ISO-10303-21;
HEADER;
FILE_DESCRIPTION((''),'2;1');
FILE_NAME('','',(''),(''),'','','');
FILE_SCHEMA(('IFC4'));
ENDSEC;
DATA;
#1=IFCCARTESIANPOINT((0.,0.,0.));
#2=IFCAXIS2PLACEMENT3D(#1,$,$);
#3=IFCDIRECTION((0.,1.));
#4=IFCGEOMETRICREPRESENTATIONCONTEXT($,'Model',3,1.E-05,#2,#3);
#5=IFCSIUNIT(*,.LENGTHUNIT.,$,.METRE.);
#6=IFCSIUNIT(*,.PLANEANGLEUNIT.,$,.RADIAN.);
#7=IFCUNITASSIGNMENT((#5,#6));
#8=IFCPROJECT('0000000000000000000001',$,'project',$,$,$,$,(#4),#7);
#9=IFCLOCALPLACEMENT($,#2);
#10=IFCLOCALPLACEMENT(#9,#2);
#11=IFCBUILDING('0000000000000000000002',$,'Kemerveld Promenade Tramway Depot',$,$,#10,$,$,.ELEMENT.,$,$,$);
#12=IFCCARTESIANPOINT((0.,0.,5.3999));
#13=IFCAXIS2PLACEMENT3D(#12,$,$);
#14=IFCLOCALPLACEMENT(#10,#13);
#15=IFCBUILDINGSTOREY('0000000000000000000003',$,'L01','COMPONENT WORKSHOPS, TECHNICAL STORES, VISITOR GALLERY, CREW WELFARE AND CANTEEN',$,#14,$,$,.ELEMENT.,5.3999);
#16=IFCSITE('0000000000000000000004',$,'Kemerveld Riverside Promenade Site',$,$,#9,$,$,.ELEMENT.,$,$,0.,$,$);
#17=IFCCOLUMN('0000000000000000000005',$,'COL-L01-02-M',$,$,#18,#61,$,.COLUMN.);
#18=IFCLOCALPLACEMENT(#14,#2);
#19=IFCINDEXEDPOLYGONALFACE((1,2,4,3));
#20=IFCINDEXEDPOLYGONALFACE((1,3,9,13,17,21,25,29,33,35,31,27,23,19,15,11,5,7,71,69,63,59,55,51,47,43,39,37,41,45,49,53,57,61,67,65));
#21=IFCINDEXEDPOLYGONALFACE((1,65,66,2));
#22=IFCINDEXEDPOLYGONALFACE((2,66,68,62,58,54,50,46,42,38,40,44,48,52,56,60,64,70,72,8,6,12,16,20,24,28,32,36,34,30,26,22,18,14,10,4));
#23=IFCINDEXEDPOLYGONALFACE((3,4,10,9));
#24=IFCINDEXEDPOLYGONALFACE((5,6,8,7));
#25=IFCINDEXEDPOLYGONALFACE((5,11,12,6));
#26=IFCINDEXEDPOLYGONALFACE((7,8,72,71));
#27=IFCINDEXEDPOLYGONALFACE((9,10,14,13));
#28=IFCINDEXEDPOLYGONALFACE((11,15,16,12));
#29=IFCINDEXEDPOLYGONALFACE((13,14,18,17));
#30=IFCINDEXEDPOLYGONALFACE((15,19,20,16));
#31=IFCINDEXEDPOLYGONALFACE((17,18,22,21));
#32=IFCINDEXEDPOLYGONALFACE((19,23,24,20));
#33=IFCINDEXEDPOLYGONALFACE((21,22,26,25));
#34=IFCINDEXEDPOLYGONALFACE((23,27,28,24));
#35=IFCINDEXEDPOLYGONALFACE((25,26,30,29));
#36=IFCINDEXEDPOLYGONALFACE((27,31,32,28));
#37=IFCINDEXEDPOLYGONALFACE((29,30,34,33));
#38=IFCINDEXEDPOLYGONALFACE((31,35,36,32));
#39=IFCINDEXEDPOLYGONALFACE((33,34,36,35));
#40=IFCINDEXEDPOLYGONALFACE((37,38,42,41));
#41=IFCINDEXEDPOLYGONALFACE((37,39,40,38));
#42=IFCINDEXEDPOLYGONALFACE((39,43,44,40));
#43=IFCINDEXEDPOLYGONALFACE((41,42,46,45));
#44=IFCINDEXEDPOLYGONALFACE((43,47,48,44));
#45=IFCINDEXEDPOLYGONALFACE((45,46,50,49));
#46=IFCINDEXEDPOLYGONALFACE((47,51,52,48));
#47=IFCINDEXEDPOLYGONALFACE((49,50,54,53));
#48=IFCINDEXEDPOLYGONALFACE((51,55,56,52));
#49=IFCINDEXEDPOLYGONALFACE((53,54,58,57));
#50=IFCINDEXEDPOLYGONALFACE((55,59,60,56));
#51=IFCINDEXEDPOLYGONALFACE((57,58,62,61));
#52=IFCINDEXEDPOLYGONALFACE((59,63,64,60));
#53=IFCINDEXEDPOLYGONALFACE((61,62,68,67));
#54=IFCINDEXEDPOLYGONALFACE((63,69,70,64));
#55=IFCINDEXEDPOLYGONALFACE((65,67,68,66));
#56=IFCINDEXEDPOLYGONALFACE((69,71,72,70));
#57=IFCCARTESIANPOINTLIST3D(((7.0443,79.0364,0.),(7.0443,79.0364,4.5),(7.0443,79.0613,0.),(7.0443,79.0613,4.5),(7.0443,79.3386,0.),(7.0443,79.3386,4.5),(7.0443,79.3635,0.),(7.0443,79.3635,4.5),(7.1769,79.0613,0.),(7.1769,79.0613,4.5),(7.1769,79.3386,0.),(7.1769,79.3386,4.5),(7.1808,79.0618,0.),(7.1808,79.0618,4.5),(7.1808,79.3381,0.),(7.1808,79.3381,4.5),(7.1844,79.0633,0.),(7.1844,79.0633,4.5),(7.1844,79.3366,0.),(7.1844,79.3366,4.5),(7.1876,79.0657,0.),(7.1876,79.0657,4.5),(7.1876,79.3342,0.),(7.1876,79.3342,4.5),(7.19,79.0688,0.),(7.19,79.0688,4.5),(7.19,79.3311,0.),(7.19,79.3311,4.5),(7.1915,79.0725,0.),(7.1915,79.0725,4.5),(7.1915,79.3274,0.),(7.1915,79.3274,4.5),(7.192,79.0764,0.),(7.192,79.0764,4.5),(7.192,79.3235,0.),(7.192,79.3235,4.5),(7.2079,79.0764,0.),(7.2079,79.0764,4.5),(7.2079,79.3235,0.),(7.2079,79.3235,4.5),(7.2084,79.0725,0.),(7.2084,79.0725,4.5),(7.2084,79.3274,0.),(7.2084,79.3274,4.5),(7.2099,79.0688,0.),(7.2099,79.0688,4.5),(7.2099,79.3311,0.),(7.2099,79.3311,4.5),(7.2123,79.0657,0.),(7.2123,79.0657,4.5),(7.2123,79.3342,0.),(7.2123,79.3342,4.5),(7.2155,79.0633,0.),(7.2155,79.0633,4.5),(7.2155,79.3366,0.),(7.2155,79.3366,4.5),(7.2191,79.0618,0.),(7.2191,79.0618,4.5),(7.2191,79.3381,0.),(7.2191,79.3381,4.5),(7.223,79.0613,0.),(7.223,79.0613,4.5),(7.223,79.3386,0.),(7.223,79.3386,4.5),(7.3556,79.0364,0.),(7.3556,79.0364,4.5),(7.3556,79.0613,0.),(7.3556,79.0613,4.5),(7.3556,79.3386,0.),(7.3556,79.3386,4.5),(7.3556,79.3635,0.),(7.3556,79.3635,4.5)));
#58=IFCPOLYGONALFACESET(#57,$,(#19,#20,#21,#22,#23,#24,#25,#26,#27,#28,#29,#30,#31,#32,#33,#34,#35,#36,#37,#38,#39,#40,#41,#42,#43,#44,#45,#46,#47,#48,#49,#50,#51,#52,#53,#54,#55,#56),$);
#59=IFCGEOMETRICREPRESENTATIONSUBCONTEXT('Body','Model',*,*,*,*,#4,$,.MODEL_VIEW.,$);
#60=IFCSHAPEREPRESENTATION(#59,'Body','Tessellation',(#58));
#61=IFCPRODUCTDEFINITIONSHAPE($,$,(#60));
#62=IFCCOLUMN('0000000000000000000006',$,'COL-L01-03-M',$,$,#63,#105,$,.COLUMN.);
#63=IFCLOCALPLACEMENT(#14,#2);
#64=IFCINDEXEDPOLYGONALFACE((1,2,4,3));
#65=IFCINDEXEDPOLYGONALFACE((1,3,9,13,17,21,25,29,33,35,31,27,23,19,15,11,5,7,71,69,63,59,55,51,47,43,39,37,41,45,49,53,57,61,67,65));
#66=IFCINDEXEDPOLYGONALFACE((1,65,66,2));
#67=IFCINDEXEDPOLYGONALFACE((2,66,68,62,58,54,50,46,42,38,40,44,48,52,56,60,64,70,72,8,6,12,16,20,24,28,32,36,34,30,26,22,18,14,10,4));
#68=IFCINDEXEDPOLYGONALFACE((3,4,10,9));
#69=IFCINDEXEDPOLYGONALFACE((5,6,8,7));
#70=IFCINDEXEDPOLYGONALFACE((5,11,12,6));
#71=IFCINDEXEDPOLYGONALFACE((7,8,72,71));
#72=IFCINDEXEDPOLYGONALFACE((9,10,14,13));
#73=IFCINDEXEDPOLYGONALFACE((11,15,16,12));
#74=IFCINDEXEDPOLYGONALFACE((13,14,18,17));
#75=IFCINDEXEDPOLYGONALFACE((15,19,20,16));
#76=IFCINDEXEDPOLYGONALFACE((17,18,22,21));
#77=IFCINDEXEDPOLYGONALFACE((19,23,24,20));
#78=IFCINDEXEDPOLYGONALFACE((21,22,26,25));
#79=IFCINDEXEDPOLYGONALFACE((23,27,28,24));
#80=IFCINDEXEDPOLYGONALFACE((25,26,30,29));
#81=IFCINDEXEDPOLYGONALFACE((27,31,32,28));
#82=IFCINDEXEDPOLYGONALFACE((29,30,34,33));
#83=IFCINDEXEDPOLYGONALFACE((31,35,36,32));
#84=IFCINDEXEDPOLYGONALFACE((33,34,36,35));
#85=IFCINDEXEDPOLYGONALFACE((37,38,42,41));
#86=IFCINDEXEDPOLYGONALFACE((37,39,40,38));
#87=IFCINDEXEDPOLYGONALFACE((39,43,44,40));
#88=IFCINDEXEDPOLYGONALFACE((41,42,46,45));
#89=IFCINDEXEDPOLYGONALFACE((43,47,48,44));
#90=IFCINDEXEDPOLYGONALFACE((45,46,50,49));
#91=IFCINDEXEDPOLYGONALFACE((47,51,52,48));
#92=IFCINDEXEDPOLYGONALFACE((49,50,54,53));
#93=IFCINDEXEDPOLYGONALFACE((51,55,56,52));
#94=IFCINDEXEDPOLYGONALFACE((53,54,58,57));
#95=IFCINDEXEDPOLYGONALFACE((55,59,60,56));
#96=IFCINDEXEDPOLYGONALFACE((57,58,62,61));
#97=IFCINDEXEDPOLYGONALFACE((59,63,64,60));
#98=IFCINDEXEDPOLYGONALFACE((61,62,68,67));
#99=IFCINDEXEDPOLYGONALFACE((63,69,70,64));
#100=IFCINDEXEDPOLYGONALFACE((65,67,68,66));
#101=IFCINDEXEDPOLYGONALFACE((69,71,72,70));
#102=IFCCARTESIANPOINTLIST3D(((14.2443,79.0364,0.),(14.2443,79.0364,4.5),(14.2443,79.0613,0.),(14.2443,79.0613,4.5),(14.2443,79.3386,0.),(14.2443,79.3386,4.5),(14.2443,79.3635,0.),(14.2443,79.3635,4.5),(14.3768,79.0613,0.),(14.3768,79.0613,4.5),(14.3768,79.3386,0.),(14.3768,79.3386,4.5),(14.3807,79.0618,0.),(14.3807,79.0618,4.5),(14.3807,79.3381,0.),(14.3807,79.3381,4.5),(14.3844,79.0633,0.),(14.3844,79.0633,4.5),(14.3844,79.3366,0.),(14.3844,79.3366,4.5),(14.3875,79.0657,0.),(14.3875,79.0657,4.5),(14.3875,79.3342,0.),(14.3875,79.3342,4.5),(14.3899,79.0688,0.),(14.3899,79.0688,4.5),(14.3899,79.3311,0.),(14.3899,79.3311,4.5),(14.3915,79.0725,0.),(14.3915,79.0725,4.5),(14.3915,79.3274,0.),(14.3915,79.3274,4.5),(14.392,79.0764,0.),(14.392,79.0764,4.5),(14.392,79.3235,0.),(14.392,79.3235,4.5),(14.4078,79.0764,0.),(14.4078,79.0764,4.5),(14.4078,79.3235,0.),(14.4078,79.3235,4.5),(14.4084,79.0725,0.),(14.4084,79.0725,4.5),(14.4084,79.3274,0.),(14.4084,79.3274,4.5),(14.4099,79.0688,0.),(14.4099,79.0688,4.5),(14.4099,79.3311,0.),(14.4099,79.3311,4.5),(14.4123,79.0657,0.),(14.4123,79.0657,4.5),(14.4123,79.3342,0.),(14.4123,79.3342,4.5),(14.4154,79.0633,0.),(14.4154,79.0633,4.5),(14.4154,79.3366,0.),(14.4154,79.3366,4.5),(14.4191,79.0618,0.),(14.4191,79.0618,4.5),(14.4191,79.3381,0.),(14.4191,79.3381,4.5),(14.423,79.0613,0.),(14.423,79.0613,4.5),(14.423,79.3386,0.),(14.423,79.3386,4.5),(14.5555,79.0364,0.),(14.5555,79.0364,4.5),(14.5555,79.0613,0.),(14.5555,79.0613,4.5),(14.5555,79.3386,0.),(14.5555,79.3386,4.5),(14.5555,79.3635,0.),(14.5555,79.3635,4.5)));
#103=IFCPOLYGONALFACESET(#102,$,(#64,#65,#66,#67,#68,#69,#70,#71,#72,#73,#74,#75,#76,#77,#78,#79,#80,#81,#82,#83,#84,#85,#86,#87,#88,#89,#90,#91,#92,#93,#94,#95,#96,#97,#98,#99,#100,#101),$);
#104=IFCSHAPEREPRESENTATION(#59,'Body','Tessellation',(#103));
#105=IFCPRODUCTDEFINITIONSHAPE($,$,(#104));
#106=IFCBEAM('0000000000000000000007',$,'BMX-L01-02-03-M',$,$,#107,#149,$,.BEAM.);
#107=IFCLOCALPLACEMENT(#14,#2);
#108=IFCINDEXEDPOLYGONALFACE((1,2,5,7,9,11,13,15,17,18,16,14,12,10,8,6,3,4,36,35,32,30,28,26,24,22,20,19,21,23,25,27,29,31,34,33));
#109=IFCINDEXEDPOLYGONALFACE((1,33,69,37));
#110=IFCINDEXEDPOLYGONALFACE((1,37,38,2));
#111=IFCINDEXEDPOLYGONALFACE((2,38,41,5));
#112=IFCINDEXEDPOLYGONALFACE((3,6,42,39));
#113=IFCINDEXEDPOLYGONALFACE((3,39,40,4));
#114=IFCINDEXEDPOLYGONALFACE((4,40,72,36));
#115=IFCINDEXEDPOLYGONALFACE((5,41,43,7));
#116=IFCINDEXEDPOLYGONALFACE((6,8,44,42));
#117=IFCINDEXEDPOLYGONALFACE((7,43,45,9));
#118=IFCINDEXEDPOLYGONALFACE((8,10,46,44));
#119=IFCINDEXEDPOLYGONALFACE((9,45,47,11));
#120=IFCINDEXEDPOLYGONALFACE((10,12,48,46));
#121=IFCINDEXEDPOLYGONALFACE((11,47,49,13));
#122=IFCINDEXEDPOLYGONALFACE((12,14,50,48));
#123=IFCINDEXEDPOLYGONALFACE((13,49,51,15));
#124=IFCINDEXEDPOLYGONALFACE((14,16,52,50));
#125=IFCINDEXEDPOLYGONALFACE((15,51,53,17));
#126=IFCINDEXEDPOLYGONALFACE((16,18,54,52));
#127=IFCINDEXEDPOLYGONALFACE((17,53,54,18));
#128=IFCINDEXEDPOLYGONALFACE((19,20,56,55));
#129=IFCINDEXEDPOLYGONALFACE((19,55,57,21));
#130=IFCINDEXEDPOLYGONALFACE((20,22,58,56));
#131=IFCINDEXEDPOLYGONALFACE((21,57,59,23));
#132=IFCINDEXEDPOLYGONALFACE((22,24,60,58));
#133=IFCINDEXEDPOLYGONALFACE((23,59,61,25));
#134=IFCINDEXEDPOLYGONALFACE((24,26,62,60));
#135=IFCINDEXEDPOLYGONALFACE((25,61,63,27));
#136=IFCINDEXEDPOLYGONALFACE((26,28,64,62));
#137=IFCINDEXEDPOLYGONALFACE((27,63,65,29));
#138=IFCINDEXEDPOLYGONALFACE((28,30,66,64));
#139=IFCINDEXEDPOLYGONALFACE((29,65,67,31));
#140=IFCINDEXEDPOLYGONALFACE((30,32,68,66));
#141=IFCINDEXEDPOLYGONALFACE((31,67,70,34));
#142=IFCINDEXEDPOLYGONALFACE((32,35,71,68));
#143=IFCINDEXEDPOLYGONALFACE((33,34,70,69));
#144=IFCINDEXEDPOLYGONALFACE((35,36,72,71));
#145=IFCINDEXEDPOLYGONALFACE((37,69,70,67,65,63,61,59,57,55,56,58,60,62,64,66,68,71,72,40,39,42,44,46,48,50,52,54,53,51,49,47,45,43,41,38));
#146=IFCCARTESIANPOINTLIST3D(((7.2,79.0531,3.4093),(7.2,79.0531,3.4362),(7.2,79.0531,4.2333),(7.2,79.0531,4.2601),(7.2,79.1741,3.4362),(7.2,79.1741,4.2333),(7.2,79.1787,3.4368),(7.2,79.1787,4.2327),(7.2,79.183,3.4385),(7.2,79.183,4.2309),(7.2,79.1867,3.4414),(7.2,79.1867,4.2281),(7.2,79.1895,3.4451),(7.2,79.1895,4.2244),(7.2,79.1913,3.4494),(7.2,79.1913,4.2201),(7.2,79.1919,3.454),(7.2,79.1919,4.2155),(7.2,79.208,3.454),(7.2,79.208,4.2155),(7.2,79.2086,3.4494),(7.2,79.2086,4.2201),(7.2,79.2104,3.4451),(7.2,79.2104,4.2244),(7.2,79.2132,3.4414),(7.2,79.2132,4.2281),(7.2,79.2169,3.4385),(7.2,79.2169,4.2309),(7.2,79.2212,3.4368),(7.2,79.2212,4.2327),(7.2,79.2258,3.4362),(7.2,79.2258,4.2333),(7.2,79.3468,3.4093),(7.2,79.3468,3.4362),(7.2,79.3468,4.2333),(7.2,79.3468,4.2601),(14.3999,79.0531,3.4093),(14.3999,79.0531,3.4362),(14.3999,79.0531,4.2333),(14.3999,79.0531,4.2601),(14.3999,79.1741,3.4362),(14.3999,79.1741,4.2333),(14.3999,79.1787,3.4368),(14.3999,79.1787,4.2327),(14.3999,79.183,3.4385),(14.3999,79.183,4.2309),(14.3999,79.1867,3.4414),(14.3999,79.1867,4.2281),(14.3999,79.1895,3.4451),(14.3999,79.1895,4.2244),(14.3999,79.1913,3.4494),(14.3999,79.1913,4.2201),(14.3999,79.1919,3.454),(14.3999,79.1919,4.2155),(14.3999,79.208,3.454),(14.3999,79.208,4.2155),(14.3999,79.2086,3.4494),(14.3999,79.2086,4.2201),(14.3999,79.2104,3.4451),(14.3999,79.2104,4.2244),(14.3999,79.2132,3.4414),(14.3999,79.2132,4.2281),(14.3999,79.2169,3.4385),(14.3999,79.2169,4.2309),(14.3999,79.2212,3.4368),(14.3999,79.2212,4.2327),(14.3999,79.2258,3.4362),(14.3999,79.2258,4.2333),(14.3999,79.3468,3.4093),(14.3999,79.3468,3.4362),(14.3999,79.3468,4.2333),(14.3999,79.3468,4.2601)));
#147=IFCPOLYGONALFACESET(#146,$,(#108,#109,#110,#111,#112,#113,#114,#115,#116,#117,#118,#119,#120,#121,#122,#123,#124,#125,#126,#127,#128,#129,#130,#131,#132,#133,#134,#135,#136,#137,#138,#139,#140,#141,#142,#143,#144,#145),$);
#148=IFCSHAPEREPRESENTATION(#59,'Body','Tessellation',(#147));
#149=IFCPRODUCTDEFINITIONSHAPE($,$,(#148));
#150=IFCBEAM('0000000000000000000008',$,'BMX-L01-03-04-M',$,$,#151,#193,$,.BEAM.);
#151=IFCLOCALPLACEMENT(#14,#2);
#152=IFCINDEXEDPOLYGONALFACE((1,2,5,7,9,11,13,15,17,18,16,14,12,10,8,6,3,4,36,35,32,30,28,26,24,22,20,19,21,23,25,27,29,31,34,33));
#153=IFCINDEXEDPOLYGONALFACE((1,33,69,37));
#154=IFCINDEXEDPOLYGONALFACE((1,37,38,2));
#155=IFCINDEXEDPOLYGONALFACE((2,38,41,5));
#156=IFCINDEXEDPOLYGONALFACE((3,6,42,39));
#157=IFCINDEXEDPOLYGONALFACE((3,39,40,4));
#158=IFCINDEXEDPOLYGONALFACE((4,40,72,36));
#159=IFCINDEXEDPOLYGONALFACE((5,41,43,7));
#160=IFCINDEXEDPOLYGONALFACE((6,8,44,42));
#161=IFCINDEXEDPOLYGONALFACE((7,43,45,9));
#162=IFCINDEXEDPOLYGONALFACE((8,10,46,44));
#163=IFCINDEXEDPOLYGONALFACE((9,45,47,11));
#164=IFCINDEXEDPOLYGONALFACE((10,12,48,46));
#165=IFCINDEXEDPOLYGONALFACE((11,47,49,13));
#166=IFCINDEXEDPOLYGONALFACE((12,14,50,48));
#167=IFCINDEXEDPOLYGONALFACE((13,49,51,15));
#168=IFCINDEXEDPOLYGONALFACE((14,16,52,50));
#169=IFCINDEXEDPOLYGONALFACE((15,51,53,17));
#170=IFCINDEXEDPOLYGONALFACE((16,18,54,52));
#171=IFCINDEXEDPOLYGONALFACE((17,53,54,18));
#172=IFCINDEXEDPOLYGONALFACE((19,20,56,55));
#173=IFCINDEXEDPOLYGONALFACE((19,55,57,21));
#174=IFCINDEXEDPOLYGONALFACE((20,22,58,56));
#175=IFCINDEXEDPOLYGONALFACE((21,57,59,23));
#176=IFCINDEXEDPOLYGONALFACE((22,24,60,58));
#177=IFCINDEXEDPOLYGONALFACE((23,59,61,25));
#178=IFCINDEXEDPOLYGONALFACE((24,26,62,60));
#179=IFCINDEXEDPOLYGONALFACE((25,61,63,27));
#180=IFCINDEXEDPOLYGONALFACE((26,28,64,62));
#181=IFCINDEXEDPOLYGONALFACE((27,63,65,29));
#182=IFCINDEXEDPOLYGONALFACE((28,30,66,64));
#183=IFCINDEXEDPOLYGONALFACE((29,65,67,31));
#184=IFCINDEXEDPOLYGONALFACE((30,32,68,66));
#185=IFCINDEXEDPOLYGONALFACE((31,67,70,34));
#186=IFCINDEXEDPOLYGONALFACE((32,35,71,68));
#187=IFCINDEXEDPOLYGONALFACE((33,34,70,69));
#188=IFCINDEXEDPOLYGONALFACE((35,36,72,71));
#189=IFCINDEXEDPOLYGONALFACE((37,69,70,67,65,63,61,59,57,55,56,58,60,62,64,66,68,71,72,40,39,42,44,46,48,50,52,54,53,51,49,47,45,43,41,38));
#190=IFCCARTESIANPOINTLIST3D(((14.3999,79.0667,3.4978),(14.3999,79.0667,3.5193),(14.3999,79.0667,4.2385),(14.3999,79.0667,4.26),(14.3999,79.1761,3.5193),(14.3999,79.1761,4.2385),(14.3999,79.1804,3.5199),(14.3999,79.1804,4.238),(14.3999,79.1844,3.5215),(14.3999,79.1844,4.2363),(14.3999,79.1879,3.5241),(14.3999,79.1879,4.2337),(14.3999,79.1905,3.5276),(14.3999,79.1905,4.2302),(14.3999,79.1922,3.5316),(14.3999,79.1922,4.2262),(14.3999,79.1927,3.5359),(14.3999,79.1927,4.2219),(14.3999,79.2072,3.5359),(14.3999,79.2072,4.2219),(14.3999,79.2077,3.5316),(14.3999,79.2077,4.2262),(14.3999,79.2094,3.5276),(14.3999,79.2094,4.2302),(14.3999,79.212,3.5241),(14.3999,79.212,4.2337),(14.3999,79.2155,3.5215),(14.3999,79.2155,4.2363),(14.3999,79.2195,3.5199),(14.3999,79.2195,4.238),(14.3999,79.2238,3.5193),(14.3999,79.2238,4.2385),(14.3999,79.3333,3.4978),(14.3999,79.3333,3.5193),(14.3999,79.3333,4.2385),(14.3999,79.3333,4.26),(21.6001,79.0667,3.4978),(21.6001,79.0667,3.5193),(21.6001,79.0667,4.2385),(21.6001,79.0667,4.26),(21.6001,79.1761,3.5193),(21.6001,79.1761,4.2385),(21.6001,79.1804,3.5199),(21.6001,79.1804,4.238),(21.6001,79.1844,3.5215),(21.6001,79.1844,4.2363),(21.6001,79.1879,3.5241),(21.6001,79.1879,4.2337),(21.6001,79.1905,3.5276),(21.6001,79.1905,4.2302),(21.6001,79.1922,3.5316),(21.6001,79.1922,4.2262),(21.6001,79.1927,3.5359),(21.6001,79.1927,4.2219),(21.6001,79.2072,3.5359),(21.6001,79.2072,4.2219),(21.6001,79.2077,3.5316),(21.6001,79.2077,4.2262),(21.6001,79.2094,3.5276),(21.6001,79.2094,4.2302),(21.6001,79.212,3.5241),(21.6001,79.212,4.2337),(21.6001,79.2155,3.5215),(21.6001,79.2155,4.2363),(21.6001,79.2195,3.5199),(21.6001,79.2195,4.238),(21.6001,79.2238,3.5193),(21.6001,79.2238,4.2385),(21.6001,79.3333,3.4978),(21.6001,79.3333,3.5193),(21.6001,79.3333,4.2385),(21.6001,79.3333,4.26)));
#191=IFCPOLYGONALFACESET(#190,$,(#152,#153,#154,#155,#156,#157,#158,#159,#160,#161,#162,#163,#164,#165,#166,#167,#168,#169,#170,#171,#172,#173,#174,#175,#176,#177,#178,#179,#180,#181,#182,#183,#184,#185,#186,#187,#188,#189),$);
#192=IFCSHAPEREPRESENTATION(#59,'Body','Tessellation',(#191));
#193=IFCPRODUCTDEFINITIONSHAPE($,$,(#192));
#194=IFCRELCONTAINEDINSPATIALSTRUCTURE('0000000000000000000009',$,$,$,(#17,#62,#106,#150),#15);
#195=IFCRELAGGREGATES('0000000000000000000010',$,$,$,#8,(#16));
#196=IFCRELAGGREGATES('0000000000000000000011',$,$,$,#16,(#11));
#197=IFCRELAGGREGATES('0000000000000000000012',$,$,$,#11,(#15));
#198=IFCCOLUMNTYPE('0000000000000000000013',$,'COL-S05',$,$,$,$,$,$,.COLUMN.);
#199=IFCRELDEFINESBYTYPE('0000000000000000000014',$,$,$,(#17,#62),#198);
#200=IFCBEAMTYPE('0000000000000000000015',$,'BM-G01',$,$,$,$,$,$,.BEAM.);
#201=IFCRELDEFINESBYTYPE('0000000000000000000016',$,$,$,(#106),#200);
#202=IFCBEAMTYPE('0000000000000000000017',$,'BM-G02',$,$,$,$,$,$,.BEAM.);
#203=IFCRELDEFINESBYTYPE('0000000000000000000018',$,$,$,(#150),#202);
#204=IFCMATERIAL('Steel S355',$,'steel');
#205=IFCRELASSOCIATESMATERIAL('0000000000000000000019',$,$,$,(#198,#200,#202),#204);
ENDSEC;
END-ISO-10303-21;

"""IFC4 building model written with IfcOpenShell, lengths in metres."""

from ifc_helpers import new_model, si_unit, direction, frame, origin, origin_2d, place, context, subcontext, project, spatial, i_section, extrude, material, material_profile, profile_set, type_object, element, save


model = new_model("IFC4")

# Units and contexts
model_context = context("Model", 3, precision=1e-05, world=origin(), true_north=direction((0.0, 1.0)))
body_context = subcontext(model_context, "Body", "Model", "MODEL_VIEW")
ifc_project = project(units=[si_unit("LENGTHUNIT", "METRE"), si_unit("PLANEANGLEUNIT", "RADIAN")], contexts=[model_context])

# Site, building, storey
site_placement = place(None, origin())
site = spatial("IfcSite", under=ifc_project, at=site_placement, Name="Kemerveld Riverside Promenade Site", CompositionType="ELEMENT", RefElevation=0.0)
building_placement = place(site_placement, origin())
building = spatial("IfcBuilding", under=site, at=building_placement, Name="Kemerveld Promenade Tramway Depot", CompositionType="ELEMENT")
storey_placement = place(building_placement, frame((0.0, 0.0, 5.3999)))
storey = spatial("IfcBuildingStorey", under=building, at=storey_placement, Name="L01", Description="COMPONENT WORKSHOPS, TECHNICAL STORES, VISITOR GALLERY, CREW WELFARE AND CANTEEN", CompositionType="ELEMENT", Elevation=5.3999)

# Columns
ifc_material_1 = material(Name="Steel S355", Category="steel")
ifc_material_profile_1 = material_profile(ifc_material_1, i_section(OverallWidth=0.3113, OverallDepth=0.3271, WebThickness=0.0159, FlangeThickness=0.0249, FilletRadius=0.0151, at=origin_2d()), Name="305x305x158 UC")
ifc_profile_set_1 = profile_set([ifc_material_profile_1], Name="Steel S355")
column_type = type_object("IfcColumnType", Name="COL-S05", PredefinedType="COLUMN", material=ifc_profile_set_1)
for number, where, z_axis, x_axis, name in (
    (1, (7.2, 79.2, 0.0), (0.0, 0.0, 1.0), (1.0, 0.0, 0.0), "COL-L01-02-M"),
    (2, (14.3999, 79.2, 0.0), (0.0, 0.0, 1.0), (1.0, 0.0, 0.0), "COL-L01-03-M"),
):
    element("IfcColumn", number, at=place(storey_placement, frame(where, z_axis=z_axis, x_axis=x_axis)), inside=storey, type_object=column_type, Name=name, PredefinedType="COLUMN", context=body_context, shape_type="SweptSolid", body=[
        extrude(i_section(OverallWidth=0.3113, OverallDepth=0.3271, WebThickness=0.0159, FlangeThickness=0.0249, FilletRadius=0.0151, at=origin_2d()), origin(), (0.0, 0.0, 1.0), 4.5),
    ])

# Beams
ifc_material_profile_2 = material_profile(ifc_material_1, i_section(OverallWidth=0.2937, OverallDepth=0.8508, WebThickness=0.0161, FlangeThickness=0.0269, FilletRadius=0.0178, at=origin_2d()), Name="838x292x226 UB")
ifc_profile_set_2 = profile_set([ifc_material_profile_2], Name="Steel S355")
beam_type_1 = type_object("IfcBeamType", Name="BM-G01", PredefinedType="BEAM", material=ifc_profile_set_2)
beam_1_placement = place(storey_placement, frame((7.2, 79.2, 3.8347), z_axis=(1.0, 0.0, 0.0), x_axis=(0.0, 1.0, 0.0)))
element("IfcBeam", 3, at=beam_1_placement, inside=storey, type_object=beam_type_1, Name="BMX-L01-02-03-M", PredefinedType="BEAM", context=body_context, shape_type="SweptSolid", body=[
    extrude(i_section(OverallWidth=0.2937, OverallDepth=0.8508, WebThickness=0.0161, FlangeThickness=0.0269, FilletRadius=0.0178, at=origin_2d()), origin(), (0.0, 0.0, 1.0), 7.2),
])
ifc_material_profile_3 = material_profile(ifc_material_1, i_section(OverallWidth=0.2666, OverallDepth=0.7622, WebThickness=0.0144, FlangeThickness=0.0215, FilletRadius=0.0166, at=origin_2d()), Name="762x267x173 UB")
ifc_profile_set_3 = profile_set([ifc_material_profile_3], Name="Steel S355")
beam_type_2 = type_object("IfcBeamType", Name="BM-G02", PredefinedType="BEAM", material=ifc_profile_set_3)
beam_2_placement = place(storey_placement, frame((14.3999, 79.2, 3.8789), z_axis=(1.0, 0.0, 0.0), x_axis=(0.0, 1.0, 0.0)))
element("IfcBeam", 4, at=beam_2_placement, inside=storey, type_object=beam_type_2, Name="BMX-L01-03-04-M", PredefinedType="BEAM", context=body_context, shape_type="SweptSolid", body=[
    extrude(i_section(OverallWidth=0.2666, OverallDepth=0.7622, WebThickness=0.0144, FlangeThickness=0.0215, FilletRadius=0.0166, at=origin_2d()), origin(), (0.0, 0.0, 1.0), 7.2002),
])

save(model, "model.ifc")
